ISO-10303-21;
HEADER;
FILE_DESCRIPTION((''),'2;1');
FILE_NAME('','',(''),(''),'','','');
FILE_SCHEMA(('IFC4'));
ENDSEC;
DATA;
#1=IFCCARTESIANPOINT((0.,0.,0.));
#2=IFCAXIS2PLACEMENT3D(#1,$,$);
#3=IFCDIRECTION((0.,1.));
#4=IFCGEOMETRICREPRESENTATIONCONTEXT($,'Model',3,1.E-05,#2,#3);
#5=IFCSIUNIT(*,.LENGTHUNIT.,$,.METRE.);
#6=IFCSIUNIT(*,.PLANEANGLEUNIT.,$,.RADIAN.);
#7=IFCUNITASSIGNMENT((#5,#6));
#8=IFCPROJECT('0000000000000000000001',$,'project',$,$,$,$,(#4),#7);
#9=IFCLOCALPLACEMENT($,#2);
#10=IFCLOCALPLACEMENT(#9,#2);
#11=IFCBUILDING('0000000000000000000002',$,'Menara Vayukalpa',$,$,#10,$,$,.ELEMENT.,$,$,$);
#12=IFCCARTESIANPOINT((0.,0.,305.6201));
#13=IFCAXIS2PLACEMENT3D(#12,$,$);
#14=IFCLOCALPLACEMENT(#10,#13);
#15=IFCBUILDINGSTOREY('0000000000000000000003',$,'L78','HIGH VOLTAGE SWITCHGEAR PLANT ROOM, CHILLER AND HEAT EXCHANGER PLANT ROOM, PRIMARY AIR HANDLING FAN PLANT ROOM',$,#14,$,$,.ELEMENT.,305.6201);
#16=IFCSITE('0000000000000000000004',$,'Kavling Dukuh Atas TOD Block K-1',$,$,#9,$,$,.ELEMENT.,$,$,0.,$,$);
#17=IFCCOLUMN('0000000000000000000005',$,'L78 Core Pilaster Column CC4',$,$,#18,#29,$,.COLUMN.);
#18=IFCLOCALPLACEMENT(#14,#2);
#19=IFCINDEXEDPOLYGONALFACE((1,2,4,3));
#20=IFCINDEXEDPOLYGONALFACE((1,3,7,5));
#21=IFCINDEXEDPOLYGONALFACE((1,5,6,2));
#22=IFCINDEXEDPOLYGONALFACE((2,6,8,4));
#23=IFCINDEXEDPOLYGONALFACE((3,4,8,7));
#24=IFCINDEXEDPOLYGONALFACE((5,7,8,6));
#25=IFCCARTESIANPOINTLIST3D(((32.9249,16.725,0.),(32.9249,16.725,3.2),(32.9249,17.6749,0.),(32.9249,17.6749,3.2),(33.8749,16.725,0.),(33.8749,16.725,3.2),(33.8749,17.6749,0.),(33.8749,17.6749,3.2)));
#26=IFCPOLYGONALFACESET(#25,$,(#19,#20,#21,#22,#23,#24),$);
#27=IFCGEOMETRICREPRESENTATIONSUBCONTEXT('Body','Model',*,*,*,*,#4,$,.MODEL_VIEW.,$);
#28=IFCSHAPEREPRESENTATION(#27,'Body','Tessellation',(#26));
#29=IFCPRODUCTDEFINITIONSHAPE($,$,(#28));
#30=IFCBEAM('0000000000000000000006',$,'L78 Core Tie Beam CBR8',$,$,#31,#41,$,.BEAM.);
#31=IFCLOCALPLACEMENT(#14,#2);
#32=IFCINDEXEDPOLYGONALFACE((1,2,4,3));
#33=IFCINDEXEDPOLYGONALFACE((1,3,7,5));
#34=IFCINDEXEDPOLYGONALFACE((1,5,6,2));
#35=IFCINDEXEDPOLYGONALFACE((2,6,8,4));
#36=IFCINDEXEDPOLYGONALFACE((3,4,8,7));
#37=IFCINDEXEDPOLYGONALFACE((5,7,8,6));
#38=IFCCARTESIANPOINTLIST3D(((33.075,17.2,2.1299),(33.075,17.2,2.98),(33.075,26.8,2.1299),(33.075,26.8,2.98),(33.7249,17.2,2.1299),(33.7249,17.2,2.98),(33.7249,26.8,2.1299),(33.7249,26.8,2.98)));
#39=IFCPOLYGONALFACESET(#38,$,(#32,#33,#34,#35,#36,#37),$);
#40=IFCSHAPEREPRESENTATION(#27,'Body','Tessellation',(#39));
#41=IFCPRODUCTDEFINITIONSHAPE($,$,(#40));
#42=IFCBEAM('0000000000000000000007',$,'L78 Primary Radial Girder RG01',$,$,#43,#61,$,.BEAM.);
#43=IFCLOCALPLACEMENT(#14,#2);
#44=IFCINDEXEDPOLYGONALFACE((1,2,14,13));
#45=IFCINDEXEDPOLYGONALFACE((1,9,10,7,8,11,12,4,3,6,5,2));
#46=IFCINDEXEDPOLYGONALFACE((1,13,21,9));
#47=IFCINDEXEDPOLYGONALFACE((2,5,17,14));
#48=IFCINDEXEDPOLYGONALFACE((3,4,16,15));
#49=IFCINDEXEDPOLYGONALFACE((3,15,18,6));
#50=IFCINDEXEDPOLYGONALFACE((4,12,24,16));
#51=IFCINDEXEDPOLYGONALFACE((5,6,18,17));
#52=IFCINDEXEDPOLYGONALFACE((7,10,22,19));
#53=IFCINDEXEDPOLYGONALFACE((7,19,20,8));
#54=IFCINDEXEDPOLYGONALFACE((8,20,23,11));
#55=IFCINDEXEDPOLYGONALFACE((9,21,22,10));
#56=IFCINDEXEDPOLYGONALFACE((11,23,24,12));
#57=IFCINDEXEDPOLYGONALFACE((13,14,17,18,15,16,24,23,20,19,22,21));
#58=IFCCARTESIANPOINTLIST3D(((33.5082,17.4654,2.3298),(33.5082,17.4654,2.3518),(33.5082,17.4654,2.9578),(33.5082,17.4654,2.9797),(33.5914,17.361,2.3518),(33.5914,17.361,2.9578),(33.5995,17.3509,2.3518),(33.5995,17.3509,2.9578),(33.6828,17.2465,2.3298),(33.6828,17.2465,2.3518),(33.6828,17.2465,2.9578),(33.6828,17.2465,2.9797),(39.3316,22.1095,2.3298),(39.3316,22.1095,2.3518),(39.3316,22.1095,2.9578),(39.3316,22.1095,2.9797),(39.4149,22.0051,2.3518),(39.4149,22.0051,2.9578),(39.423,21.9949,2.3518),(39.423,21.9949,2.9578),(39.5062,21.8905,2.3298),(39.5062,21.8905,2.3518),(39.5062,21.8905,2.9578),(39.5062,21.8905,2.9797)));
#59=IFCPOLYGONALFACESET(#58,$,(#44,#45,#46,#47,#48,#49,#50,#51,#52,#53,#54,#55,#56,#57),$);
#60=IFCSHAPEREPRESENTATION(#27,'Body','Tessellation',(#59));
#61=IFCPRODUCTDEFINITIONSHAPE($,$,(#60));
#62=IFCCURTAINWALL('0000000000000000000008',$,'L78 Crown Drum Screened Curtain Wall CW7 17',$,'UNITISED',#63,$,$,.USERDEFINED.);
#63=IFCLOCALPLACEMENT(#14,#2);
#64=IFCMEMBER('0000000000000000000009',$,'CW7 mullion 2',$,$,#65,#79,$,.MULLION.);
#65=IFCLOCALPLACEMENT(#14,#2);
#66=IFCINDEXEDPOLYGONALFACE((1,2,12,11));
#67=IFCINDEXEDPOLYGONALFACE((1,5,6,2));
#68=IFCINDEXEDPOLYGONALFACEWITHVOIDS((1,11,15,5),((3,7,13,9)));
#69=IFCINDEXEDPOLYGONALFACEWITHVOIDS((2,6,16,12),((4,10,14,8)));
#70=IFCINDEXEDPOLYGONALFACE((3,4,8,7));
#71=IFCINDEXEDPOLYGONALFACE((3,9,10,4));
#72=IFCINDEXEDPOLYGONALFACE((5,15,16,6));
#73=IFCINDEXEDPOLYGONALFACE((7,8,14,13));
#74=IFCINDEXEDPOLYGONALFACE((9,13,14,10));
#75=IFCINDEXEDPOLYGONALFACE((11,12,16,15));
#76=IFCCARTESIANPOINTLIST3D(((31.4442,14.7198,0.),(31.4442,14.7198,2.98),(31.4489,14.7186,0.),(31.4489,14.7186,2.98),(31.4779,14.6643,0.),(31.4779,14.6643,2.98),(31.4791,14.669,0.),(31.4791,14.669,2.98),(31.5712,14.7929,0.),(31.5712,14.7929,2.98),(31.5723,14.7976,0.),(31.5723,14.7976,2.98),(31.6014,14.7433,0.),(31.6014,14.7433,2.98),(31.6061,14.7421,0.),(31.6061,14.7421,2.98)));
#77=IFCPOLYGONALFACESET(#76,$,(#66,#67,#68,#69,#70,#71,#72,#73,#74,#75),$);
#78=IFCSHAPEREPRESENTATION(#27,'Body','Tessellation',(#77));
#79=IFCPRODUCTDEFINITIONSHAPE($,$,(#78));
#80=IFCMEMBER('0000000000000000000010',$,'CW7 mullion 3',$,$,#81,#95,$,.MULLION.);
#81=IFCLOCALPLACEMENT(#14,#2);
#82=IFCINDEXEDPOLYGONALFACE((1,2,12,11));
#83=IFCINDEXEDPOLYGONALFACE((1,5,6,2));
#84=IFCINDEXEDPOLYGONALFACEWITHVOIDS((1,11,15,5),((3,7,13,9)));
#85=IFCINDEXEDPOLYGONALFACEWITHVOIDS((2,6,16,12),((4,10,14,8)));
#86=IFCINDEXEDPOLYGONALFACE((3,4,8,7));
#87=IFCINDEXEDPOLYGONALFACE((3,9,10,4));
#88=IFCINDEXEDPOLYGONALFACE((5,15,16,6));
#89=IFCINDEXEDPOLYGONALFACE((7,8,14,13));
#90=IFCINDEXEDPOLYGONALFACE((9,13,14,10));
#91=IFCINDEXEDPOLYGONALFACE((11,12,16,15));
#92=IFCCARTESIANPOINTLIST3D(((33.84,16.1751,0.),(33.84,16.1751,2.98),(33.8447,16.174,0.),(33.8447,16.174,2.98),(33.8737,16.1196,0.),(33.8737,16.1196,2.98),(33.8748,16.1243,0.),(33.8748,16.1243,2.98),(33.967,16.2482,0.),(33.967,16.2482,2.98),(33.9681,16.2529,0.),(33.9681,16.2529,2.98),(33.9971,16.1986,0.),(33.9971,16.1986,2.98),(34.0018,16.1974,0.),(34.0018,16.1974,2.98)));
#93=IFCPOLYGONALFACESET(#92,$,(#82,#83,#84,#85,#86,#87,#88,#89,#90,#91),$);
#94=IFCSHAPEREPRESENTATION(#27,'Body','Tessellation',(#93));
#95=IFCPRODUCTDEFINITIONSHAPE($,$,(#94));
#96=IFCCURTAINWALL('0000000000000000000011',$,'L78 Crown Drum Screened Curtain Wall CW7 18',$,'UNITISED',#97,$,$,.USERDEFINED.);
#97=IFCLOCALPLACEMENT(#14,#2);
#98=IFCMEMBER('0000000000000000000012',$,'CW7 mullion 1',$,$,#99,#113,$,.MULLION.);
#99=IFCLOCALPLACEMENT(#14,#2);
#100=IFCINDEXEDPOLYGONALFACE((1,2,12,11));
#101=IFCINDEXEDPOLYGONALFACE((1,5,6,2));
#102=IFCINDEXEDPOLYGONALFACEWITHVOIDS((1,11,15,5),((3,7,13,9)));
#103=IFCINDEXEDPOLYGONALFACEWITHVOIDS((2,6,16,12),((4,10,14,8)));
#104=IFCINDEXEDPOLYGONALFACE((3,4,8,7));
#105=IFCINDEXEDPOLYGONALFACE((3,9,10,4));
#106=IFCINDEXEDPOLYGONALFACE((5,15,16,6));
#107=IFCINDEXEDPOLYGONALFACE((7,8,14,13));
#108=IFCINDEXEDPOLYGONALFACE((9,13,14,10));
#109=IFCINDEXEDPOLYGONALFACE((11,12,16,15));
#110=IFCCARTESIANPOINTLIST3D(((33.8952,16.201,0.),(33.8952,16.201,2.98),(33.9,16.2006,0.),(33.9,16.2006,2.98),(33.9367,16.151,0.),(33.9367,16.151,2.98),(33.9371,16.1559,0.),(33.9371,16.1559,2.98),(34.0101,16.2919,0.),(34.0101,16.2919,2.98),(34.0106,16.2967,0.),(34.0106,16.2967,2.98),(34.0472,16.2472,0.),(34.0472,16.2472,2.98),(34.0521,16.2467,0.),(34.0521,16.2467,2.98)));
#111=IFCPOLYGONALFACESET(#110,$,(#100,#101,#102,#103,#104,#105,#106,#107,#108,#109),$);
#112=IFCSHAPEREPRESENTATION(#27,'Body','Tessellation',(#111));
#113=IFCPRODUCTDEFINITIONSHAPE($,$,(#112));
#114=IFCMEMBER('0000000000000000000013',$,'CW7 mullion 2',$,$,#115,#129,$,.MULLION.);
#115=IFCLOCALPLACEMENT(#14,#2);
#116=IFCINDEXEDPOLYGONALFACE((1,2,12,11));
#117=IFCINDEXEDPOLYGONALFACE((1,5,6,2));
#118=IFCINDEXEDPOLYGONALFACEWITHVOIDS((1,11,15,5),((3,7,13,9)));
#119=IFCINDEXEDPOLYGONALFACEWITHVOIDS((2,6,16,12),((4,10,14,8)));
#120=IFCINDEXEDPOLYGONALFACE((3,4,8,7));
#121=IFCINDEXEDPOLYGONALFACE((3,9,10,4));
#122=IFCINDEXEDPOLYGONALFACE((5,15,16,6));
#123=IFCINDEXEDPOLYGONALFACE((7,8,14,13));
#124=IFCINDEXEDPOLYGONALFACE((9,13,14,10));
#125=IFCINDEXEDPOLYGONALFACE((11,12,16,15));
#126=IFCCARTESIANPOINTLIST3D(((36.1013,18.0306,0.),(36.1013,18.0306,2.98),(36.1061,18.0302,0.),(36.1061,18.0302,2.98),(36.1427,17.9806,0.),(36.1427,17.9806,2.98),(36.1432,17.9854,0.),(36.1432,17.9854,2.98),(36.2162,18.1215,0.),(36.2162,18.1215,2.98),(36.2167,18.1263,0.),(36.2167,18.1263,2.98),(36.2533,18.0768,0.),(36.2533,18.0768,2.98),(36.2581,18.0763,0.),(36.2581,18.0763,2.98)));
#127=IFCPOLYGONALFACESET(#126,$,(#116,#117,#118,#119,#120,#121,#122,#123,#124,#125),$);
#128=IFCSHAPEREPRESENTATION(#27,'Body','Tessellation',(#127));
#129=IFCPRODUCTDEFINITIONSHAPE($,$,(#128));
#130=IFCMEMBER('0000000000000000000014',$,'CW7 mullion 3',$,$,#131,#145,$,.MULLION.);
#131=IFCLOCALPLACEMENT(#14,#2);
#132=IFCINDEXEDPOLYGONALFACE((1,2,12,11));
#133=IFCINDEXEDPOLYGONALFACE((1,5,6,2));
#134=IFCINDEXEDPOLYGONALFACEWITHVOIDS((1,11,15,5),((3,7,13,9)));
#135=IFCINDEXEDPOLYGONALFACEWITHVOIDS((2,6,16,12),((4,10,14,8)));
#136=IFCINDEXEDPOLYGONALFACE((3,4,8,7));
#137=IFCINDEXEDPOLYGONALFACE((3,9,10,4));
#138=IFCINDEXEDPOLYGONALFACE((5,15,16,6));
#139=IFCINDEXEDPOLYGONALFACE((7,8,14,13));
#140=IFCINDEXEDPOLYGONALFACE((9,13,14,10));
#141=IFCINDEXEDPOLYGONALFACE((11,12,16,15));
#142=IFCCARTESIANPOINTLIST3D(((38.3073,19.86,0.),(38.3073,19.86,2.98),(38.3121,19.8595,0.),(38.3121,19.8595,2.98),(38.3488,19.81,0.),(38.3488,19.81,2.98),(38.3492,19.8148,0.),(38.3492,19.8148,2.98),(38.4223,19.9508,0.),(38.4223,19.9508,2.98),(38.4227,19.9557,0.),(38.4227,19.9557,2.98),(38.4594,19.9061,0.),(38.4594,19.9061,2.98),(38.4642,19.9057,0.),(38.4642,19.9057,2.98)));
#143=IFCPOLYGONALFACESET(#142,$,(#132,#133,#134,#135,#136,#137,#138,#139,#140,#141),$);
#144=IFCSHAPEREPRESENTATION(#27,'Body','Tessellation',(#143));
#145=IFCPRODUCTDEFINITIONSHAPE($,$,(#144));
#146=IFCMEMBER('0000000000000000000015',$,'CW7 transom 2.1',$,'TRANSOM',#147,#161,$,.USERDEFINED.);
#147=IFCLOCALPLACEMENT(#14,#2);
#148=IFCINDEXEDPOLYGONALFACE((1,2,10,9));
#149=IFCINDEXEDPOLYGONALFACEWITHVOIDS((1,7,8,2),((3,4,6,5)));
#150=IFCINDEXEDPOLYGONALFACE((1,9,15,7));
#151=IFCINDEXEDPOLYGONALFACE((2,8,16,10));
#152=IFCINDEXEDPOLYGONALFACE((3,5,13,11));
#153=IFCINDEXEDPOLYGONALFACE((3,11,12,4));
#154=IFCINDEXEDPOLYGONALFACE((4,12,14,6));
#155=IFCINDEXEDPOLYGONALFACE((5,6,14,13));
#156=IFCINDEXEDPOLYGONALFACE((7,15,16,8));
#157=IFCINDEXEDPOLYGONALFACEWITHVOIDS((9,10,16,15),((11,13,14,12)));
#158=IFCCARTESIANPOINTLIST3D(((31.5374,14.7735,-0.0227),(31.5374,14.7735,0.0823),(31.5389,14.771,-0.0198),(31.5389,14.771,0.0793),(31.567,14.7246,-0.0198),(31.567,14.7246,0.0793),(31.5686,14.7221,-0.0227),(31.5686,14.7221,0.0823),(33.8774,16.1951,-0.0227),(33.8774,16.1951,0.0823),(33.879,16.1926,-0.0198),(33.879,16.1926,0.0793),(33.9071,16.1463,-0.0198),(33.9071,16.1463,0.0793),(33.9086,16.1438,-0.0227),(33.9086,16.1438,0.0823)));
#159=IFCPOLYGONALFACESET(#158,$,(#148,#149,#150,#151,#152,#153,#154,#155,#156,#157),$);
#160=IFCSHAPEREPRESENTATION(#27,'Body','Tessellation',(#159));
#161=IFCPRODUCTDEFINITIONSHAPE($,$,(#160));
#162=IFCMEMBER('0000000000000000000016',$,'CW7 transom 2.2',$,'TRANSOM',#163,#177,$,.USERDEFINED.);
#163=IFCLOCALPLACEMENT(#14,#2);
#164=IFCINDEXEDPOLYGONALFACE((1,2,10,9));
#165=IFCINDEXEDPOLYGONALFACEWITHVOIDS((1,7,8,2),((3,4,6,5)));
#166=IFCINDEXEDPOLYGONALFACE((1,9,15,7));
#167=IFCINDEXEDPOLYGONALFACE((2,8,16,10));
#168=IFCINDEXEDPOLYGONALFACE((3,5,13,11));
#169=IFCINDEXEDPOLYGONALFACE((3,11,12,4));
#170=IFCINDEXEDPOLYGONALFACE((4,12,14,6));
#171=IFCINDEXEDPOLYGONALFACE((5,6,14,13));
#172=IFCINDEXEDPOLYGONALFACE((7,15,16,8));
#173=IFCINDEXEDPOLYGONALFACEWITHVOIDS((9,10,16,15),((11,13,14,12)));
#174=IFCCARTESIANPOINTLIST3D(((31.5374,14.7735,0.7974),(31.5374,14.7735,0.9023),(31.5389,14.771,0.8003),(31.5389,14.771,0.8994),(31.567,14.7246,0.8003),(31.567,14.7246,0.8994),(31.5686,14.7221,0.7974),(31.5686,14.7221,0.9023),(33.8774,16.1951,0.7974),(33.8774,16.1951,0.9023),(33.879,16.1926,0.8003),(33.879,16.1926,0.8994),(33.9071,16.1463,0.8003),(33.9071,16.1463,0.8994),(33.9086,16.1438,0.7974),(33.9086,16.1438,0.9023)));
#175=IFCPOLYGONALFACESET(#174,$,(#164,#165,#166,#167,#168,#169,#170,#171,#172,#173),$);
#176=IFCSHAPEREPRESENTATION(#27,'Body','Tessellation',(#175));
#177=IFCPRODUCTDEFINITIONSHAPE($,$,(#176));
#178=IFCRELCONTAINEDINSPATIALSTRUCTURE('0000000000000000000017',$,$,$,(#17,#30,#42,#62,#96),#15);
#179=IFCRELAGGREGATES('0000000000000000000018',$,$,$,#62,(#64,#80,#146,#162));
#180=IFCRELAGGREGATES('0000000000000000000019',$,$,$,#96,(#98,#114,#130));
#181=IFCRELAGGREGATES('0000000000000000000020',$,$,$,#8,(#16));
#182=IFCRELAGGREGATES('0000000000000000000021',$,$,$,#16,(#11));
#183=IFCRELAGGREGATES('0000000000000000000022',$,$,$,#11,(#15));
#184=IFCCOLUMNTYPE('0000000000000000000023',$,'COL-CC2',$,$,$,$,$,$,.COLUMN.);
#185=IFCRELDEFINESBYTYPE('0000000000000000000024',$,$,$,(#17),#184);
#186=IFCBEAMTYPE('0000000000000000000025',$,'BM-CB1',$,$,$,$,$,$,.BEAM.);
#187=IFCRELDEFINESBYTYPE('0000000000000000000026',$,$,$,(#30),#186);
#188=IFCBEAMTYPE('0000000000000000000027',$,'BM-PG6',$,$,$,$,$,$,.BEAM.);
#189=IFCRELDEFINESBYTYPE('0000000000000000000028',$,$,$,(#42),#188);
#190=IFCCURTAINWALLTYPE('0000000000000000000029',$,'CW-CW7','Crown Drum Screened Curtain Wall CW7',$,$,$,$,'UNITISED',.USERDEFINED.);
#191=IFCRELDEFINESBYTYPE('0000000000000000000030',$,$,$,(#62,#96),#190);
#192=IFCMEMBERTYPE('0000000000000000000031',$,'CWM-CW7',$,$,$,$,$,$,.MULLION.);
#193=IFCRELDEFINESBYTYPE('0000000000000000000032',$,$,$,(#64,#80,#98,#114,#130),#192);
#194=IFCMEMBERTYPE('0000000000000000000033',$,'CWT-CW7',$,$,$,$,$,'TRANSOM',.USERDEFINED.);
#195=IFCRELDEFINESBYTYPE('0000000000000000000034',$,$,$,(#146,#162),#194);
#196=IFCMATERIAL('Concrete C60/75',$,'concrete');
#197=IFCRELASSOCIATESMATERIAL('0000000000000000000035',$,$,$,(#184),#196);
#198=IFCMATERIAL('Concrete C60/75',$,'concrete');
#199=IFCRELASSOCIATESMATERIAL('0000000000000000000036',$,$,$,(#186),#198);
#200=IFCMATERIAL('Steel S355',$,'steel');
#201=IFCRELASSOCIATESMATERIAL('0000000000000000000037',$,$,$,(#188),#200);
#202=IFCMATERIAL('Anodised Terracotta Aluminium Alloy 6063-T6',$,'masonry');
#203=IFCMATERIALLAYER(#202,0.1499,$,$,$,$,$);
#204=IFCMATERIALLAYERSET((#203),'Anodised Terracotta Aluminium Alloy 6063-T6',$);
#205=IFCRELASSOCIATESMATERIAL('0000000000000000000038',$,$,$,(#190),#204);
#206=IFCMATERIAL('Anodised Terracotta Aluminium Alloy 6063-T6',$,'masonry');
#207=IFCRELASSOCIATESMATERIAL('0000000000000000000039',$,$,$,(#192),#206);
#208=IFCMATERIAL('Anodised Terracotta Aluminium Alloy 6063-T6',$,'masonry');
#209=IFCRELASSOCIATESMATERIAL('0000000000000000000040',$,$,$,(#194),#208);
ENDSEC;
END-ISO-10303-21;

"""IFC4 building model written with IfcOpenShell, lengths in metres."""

from ifc_helpers import new_model, si_unit, direction, frame, origin, origin_2d, place, context, subcontext, project, spatial, rectangle, hollow_rectangle, i_section, extrude, material, layer, layer_set, material_profile, profile_set, type_object, element, aggregate, save


model = new_model("IFC4")

# Units and contexts
model_context = context("Model", 3, precision=1e-05, world=origin(), true_north=direction((0.0, 1.0)))
body_context = subcontext(model_context, "Body", "Model", "MODEL_VIEW")
ifc_project = project(units=[si_unit("LENGTHUNIT", "METRE"), si_unit("PLANEANGLEUNIT", "RADIAN")], contexts=[model_context])

# Site, building, storey
site_placement = place(None, origin())
site = spatial("IfcSite", under=ifc_project, at=site_placement, Name="Kavling Dukuh Atas TOD Block K-1", CompositionType="ELEMENT", RefElevation=0.0)
building_placement = place(site_placement, origin())
building = spatial("IfcBuilding", under=site, at=building_placement, Name="Menara Vayukalpa", CompositionType="ELEMENT")
storey_placement = place(building_placement, frame((0.0, 0.0, 305.6201)))
storey = spatial("IfcBuildingStorey", under=building, at=storey_placement, Name="L78", Description="HIGH VOLTAGE SWITCHGEAR PLANT ROOM, CHILLER AND HEAT EXCHANGER PLANT ROOM, PRIMARY AIR HANDLING FAN PLANT ROOM", CompositionType="ELEMENT", Elevation=305.6201)

# Column
ifc_material_1 = material(Name="Concrete C60/75", Category="concrete")
ifc_material_profile_1 = material_profile(ifc_material_1, rectangle(XDim=0.95, YDim=0.95, at=origin_2d()), Name="RC 950x950")
ifc_profile_set_1 = profile_set([ifc_material_profile_1], Name="Concrete C60/75")
column_type = type_object("IfcColumnType", Name="COL-CC2", PredefinedType="COLUMN", material=ifc_profile_set_1)
column_placement = place(storey_placement, frame((33.3999, 17.2, 0.0), z_axis=(0.0, 0.0, 1.0), x_axis=(1.0, 0.0, 0.0)))
element("IfcColumn", 1, at=column_placement, inside=storey, type_object=column_type, Name="L78 Core Pilaster Column CC4", PredefinedType="COLUMN", context=body_context, shape_type="SweptSolid", body=[
    extrude(rectangle(XDim=0.95, YDim=0.95, at=origin_2d()), origin(), (0.0, 0.0, 1.0), 3.2),
])

# Beams
ifc_material_2 = material(Name="Concrete C60/75", Category="concrete")
ifc_material_profile_2 = material_profile(ifc_material_2, rectangle(XDim=0.6499, YDim=0.8501, at=origin_2d()), Name="RC 650x850")
ifc_profile_set_2 = profile_set([ifc_material_profile_2], Name="Concrete C60/75")
beam_type_1 = type_object("IfcBeamType", Name="BM-CB1", PredefinedType="BEAM", material=ifc_profile_set_2)
beam_1_placement = place(storey_placement, frame((33.3999, 17.2, 2.5549), z_axis=(0.0, 1.0, 0.0), x_axis=(-1.0, 0.0, 0.0)))
element("IfcBeam", 2, at=beam_1_placement, inside=storey, type_object=beam_type_1, Name="L78 Core Tie Beam CBR8", PredefinedType="BEAM", context=body_context, shape_type="SweptSolid", body=[
    extrude(rectangle(XDim=0.6499, YDim=0.8501, at=origin_2d()), origin(), (0.0, 0.0, 1.0), 9.6001),
])
ifc_material_3 = material(Name="Steel S355", Category="steel")
ifc_material_profile_3 = material_profile(ifc_material_3, i_section(OverallWidth=0.28, OverallDepth=0.6499, WebThickness=0.0129, FlangeThickness=0.022, at=origin_2d()), Name="WF 650x280x13x22")
ifc_profile_set_3 = profile_set([ifc_material_profile_3], Name="Steel S355")
beam_type_2 = type_object("IfcBeamType", Name="BM-PG6", PredefinedType="BEAM", material=ifc_profile_set_3)
beam_2_placement = place(storey_placement, frame((33.5955, 17.356, 2.6548), z_axis=(0.781834, 0.623487, 0.0), x_axis=(-0.623487, 0.781834, 0.0)))
element("IfcBeam", 3, at=beam_2_placement, inside=storey, type_object=beam_type_2, Name="L78 Primary Radial Girder RG01", PredefinedType="BEAM", context=body_context, shape_type="SweptSolid", body=[
    extrude(i_section(OverallWidth=0.28, OverallDepth=0.6499, WebThickness=0.0129, FlangeThickness=0.022, at=origin_2d()), origin(), (0.0, 0.0, 1.0), 7.4485),
])

# Curtain walls, members
ifc_material_4 = material(Name="Anodised Terracotta Aluminium Alloy 6063-T6", Category="masonry")
ifc_layer_1 = layer(ifc_material_4, 0.1499)
ifc_layer_set_1 = layer_set([ifc_layer_1], Name="Anodised Terracotta Aluminium Alloy 6063-T6")
curtain_wall_type = type_object("IfcCurtainWallType", Name="CW-CW7", Description="Crown Drum Screened Curtain Wall CW7", ElementType="UNITISED", PredefinedType="USERDEFINED", material=ifc_layer_set_1)
curtain_wall_1_placement = place(storey_placement, origin())
curtain_wall_1 = element("IfcCurtainWall", 4, at=curtain_wall_1_placement, inside=storey, type_object=curtain_wall_type, Name="L78 Crown Drum Screened Curtain Wall CW7 17", ObjectType="UNITISED", PredefinedType="USERDEFINED")
ifc_material_5 = material(Name="Anodised Terracotta Aluminium Alloy 6063-T6", Category="masonry")
ifc_material_profile_4 = material_profile(ifc_material_5, hollow_rectangle(XDim=0.0649, YDim=0.1499, WallThickness=0.0034, at=origin_2d()), Name="ALU 65x150x3.5")
ifc_profile_set_4 = profile_set([ifc_material_profile_4], Name="Anodised Terracotta Aluminium Alloy 6063-T6")
member_type_1 = type_object("IfcMemberType", Name="CWM-CW7", PredefinedType="MULLION", material=ifc_profile_set_4)
member_1_placement = place(storey_placement, frame((31.5251, 14.731, 0.0), z_axis=(0.0, 0.0, 1.0), x_axis=(-0.519176, 0.854667, 0.0)))
member_1 = element("IfcMember", 5, at=member_1_placement, type_object=member_type_1, Name="CW7 mullion 2", PredefinedType="MULLION", context=body_context, shape_type="SweptSolid", body=[
    extrude(hollow_rectangle(XDim=0.0649, YDim=0.1499, WallThickness=0.0034, at=origin_2d()), origin(), (0.0, 0.0, 1.0), 2.98),
])
member_2_placement = place(storey_placement, frame((33.9209, 16.1863, 0.0), z_axis=(0.0, 0.0, 1.0), x_axis=(-0.519176, 0.854667, 0.0)))
member_2 = element("IfcMember", 6, at=member_2_placement, type_object=member_type_1, Name="CW7 mullion 3", PredefinedType="MULLION", context=body_context, shape_type="SweptSolid", body=[
    extrude(hollow_rectangle(XDim=0.0649, YDim=0.1499, WallThickness=0.0034, at=origin_2d()), origin(), (0.0, 0.0, 1.0), 2.98),
])
curtain_wall_2_placement = place(storey_placement, origin())
curtain_wall_2 = element("IfcCurtainWall", 7, at=curtain_wall_2_placement, inside=storey, type_object=curtain_wall_type, Name="L78 Crown Drum Screened Curtain Wall CW7 18", ObjectType="UNITISED", PredefinedType="USERDEFINED")
member_3_placement = place(storey_placement, frame((33.9736, 16.2239, 0.0), z_axis=(0.0, 0.0, 1.0), x_axis=(-0.638347, 0.769749, 0.0)))
member_3 = element("IfcMember", 8, at=member_3_placement, type_object=member_type_1, Name="CW7 mullion 1", PredefinedType="MULLION", context=body_context, shape_type="SweptSolid", body=[
    extrude(hollow_rectangle(XDim=0.0649, YDim=0.1499, WallThickness=0.0034, at=origin_2d()), origin(), (0.0, 0.0, 1.0), 2.98),
])
member_4_placement = place(storey_placement, frame((36.1797, 18.0535, 0.0), z_axis=(0.0, 0.0, 1.0), x_axis=(-0.638347, 0.769749, 0.0)))
member_4 = element("IfcMember", 9, at=member_4_placement, type_object=member_type_1, Name="CW7 mullion 2", PredefinedType="MULLION", context=body_context, shape_type="SweptSolid", body=[
    extrude(hollow_rectangle(XDim=0.0649, YDim=0.1499, WallThickness=0.0034, at=origin_2d()), origin(), (0.0, 0.0, 1.0), 2.98),
])
member_5_placement = place(storey_placement, frame((38.3857, 19.8828, 0.0), z_axis=(0.0, 0.0, 1.0), x_axis=(-0.638347, 0.769749, 0.0)))
member_5 = element("IfcMember", 10, at=member_5_placement, type_object=member_type_1, Name="CW7 mullion 3", PredefinedType="MULLION", context=body_context, shape_type="SweptSolid", body=[
    extrude(hollow_rectangle(XDim=0.0649, YDim=0.1499, WallThickness=0.0034, at=origin_2d()), origin(), (0.0, 0.0, 1.0), 2.98),
])

# Members
ifc_material_6 = material(Name="Anodised Terracotta Aluminium Alloy 6063-T6", Category="masonry")
ifc_material_profile_5 = material_profile(ifc_material_6, hollow_rectangle(XDim=0.0601, YDim=0.105, WallThickness=0.0029, at=origin_2d()), Name="ALU 60x105x3")
ifc_profile_set_5 = profile_set([ifc_material_profile_5], Name="Anodised Terracotta Aluminium Alloy 6063-T6")
member_type_2 = type_object("IfcMemberType", Name="CWT-CW7", ElementType="TRANSOM", PredefinedType="USERDEFINED", material=ifc_profile_set_5)
member_6_placement = place(storey_placement, frame((31.553, 14.7478, 0.0298), z_axis=(0.854648, 0.519208, 0.0), x_axis=(-0.519208, 0.854648, 0.0)))
member_6 = element("IfcMember", 11, at=member_6_placement, type_object=member_type_2, Name="CW7 transom 2.1", ObjectType="TRANSOM", PredefinedType="USERDEFINED", context=body_context, shape_type="SweptSolid", body=[
    extrude(hollow_rectangle(XDim=0.0601, YDim=0.105, WallThickness=0.0029, at=origin_2d()), origin(), (0.0, 0.0, 1.0), 2.738),
])
member_7_placement = place(storey_placement, frame((31.553, 14.7478, 0.8499), z_axis=(0.854648, 0.519208, 0.0), x_axis=(-0.519208, 0.854648, 0.0)))
member_7 = element("IfcMember", 12, at=member_7_placement, type_object=member_type_2, Name="CW7 transom 2.2", ObjectType="TRANSOM", PredefinedType="USERDEFINED", context=body_context, shape_type="SweptSolid", body=[
    extrude(hollow_rectangle(XDim=0.0601, YDim=0.105, WallThickness=0.0029, at=origin_2d()), origin(), (0.0, 0.0, 1.0), 2.738),
])

aggregate(curtain_wall_1, [member_1, member_2, member_6, member_7])
aggregate(curtain_wall_2, [member_3, member_4, member_5])

save(model, "model.ifc")
